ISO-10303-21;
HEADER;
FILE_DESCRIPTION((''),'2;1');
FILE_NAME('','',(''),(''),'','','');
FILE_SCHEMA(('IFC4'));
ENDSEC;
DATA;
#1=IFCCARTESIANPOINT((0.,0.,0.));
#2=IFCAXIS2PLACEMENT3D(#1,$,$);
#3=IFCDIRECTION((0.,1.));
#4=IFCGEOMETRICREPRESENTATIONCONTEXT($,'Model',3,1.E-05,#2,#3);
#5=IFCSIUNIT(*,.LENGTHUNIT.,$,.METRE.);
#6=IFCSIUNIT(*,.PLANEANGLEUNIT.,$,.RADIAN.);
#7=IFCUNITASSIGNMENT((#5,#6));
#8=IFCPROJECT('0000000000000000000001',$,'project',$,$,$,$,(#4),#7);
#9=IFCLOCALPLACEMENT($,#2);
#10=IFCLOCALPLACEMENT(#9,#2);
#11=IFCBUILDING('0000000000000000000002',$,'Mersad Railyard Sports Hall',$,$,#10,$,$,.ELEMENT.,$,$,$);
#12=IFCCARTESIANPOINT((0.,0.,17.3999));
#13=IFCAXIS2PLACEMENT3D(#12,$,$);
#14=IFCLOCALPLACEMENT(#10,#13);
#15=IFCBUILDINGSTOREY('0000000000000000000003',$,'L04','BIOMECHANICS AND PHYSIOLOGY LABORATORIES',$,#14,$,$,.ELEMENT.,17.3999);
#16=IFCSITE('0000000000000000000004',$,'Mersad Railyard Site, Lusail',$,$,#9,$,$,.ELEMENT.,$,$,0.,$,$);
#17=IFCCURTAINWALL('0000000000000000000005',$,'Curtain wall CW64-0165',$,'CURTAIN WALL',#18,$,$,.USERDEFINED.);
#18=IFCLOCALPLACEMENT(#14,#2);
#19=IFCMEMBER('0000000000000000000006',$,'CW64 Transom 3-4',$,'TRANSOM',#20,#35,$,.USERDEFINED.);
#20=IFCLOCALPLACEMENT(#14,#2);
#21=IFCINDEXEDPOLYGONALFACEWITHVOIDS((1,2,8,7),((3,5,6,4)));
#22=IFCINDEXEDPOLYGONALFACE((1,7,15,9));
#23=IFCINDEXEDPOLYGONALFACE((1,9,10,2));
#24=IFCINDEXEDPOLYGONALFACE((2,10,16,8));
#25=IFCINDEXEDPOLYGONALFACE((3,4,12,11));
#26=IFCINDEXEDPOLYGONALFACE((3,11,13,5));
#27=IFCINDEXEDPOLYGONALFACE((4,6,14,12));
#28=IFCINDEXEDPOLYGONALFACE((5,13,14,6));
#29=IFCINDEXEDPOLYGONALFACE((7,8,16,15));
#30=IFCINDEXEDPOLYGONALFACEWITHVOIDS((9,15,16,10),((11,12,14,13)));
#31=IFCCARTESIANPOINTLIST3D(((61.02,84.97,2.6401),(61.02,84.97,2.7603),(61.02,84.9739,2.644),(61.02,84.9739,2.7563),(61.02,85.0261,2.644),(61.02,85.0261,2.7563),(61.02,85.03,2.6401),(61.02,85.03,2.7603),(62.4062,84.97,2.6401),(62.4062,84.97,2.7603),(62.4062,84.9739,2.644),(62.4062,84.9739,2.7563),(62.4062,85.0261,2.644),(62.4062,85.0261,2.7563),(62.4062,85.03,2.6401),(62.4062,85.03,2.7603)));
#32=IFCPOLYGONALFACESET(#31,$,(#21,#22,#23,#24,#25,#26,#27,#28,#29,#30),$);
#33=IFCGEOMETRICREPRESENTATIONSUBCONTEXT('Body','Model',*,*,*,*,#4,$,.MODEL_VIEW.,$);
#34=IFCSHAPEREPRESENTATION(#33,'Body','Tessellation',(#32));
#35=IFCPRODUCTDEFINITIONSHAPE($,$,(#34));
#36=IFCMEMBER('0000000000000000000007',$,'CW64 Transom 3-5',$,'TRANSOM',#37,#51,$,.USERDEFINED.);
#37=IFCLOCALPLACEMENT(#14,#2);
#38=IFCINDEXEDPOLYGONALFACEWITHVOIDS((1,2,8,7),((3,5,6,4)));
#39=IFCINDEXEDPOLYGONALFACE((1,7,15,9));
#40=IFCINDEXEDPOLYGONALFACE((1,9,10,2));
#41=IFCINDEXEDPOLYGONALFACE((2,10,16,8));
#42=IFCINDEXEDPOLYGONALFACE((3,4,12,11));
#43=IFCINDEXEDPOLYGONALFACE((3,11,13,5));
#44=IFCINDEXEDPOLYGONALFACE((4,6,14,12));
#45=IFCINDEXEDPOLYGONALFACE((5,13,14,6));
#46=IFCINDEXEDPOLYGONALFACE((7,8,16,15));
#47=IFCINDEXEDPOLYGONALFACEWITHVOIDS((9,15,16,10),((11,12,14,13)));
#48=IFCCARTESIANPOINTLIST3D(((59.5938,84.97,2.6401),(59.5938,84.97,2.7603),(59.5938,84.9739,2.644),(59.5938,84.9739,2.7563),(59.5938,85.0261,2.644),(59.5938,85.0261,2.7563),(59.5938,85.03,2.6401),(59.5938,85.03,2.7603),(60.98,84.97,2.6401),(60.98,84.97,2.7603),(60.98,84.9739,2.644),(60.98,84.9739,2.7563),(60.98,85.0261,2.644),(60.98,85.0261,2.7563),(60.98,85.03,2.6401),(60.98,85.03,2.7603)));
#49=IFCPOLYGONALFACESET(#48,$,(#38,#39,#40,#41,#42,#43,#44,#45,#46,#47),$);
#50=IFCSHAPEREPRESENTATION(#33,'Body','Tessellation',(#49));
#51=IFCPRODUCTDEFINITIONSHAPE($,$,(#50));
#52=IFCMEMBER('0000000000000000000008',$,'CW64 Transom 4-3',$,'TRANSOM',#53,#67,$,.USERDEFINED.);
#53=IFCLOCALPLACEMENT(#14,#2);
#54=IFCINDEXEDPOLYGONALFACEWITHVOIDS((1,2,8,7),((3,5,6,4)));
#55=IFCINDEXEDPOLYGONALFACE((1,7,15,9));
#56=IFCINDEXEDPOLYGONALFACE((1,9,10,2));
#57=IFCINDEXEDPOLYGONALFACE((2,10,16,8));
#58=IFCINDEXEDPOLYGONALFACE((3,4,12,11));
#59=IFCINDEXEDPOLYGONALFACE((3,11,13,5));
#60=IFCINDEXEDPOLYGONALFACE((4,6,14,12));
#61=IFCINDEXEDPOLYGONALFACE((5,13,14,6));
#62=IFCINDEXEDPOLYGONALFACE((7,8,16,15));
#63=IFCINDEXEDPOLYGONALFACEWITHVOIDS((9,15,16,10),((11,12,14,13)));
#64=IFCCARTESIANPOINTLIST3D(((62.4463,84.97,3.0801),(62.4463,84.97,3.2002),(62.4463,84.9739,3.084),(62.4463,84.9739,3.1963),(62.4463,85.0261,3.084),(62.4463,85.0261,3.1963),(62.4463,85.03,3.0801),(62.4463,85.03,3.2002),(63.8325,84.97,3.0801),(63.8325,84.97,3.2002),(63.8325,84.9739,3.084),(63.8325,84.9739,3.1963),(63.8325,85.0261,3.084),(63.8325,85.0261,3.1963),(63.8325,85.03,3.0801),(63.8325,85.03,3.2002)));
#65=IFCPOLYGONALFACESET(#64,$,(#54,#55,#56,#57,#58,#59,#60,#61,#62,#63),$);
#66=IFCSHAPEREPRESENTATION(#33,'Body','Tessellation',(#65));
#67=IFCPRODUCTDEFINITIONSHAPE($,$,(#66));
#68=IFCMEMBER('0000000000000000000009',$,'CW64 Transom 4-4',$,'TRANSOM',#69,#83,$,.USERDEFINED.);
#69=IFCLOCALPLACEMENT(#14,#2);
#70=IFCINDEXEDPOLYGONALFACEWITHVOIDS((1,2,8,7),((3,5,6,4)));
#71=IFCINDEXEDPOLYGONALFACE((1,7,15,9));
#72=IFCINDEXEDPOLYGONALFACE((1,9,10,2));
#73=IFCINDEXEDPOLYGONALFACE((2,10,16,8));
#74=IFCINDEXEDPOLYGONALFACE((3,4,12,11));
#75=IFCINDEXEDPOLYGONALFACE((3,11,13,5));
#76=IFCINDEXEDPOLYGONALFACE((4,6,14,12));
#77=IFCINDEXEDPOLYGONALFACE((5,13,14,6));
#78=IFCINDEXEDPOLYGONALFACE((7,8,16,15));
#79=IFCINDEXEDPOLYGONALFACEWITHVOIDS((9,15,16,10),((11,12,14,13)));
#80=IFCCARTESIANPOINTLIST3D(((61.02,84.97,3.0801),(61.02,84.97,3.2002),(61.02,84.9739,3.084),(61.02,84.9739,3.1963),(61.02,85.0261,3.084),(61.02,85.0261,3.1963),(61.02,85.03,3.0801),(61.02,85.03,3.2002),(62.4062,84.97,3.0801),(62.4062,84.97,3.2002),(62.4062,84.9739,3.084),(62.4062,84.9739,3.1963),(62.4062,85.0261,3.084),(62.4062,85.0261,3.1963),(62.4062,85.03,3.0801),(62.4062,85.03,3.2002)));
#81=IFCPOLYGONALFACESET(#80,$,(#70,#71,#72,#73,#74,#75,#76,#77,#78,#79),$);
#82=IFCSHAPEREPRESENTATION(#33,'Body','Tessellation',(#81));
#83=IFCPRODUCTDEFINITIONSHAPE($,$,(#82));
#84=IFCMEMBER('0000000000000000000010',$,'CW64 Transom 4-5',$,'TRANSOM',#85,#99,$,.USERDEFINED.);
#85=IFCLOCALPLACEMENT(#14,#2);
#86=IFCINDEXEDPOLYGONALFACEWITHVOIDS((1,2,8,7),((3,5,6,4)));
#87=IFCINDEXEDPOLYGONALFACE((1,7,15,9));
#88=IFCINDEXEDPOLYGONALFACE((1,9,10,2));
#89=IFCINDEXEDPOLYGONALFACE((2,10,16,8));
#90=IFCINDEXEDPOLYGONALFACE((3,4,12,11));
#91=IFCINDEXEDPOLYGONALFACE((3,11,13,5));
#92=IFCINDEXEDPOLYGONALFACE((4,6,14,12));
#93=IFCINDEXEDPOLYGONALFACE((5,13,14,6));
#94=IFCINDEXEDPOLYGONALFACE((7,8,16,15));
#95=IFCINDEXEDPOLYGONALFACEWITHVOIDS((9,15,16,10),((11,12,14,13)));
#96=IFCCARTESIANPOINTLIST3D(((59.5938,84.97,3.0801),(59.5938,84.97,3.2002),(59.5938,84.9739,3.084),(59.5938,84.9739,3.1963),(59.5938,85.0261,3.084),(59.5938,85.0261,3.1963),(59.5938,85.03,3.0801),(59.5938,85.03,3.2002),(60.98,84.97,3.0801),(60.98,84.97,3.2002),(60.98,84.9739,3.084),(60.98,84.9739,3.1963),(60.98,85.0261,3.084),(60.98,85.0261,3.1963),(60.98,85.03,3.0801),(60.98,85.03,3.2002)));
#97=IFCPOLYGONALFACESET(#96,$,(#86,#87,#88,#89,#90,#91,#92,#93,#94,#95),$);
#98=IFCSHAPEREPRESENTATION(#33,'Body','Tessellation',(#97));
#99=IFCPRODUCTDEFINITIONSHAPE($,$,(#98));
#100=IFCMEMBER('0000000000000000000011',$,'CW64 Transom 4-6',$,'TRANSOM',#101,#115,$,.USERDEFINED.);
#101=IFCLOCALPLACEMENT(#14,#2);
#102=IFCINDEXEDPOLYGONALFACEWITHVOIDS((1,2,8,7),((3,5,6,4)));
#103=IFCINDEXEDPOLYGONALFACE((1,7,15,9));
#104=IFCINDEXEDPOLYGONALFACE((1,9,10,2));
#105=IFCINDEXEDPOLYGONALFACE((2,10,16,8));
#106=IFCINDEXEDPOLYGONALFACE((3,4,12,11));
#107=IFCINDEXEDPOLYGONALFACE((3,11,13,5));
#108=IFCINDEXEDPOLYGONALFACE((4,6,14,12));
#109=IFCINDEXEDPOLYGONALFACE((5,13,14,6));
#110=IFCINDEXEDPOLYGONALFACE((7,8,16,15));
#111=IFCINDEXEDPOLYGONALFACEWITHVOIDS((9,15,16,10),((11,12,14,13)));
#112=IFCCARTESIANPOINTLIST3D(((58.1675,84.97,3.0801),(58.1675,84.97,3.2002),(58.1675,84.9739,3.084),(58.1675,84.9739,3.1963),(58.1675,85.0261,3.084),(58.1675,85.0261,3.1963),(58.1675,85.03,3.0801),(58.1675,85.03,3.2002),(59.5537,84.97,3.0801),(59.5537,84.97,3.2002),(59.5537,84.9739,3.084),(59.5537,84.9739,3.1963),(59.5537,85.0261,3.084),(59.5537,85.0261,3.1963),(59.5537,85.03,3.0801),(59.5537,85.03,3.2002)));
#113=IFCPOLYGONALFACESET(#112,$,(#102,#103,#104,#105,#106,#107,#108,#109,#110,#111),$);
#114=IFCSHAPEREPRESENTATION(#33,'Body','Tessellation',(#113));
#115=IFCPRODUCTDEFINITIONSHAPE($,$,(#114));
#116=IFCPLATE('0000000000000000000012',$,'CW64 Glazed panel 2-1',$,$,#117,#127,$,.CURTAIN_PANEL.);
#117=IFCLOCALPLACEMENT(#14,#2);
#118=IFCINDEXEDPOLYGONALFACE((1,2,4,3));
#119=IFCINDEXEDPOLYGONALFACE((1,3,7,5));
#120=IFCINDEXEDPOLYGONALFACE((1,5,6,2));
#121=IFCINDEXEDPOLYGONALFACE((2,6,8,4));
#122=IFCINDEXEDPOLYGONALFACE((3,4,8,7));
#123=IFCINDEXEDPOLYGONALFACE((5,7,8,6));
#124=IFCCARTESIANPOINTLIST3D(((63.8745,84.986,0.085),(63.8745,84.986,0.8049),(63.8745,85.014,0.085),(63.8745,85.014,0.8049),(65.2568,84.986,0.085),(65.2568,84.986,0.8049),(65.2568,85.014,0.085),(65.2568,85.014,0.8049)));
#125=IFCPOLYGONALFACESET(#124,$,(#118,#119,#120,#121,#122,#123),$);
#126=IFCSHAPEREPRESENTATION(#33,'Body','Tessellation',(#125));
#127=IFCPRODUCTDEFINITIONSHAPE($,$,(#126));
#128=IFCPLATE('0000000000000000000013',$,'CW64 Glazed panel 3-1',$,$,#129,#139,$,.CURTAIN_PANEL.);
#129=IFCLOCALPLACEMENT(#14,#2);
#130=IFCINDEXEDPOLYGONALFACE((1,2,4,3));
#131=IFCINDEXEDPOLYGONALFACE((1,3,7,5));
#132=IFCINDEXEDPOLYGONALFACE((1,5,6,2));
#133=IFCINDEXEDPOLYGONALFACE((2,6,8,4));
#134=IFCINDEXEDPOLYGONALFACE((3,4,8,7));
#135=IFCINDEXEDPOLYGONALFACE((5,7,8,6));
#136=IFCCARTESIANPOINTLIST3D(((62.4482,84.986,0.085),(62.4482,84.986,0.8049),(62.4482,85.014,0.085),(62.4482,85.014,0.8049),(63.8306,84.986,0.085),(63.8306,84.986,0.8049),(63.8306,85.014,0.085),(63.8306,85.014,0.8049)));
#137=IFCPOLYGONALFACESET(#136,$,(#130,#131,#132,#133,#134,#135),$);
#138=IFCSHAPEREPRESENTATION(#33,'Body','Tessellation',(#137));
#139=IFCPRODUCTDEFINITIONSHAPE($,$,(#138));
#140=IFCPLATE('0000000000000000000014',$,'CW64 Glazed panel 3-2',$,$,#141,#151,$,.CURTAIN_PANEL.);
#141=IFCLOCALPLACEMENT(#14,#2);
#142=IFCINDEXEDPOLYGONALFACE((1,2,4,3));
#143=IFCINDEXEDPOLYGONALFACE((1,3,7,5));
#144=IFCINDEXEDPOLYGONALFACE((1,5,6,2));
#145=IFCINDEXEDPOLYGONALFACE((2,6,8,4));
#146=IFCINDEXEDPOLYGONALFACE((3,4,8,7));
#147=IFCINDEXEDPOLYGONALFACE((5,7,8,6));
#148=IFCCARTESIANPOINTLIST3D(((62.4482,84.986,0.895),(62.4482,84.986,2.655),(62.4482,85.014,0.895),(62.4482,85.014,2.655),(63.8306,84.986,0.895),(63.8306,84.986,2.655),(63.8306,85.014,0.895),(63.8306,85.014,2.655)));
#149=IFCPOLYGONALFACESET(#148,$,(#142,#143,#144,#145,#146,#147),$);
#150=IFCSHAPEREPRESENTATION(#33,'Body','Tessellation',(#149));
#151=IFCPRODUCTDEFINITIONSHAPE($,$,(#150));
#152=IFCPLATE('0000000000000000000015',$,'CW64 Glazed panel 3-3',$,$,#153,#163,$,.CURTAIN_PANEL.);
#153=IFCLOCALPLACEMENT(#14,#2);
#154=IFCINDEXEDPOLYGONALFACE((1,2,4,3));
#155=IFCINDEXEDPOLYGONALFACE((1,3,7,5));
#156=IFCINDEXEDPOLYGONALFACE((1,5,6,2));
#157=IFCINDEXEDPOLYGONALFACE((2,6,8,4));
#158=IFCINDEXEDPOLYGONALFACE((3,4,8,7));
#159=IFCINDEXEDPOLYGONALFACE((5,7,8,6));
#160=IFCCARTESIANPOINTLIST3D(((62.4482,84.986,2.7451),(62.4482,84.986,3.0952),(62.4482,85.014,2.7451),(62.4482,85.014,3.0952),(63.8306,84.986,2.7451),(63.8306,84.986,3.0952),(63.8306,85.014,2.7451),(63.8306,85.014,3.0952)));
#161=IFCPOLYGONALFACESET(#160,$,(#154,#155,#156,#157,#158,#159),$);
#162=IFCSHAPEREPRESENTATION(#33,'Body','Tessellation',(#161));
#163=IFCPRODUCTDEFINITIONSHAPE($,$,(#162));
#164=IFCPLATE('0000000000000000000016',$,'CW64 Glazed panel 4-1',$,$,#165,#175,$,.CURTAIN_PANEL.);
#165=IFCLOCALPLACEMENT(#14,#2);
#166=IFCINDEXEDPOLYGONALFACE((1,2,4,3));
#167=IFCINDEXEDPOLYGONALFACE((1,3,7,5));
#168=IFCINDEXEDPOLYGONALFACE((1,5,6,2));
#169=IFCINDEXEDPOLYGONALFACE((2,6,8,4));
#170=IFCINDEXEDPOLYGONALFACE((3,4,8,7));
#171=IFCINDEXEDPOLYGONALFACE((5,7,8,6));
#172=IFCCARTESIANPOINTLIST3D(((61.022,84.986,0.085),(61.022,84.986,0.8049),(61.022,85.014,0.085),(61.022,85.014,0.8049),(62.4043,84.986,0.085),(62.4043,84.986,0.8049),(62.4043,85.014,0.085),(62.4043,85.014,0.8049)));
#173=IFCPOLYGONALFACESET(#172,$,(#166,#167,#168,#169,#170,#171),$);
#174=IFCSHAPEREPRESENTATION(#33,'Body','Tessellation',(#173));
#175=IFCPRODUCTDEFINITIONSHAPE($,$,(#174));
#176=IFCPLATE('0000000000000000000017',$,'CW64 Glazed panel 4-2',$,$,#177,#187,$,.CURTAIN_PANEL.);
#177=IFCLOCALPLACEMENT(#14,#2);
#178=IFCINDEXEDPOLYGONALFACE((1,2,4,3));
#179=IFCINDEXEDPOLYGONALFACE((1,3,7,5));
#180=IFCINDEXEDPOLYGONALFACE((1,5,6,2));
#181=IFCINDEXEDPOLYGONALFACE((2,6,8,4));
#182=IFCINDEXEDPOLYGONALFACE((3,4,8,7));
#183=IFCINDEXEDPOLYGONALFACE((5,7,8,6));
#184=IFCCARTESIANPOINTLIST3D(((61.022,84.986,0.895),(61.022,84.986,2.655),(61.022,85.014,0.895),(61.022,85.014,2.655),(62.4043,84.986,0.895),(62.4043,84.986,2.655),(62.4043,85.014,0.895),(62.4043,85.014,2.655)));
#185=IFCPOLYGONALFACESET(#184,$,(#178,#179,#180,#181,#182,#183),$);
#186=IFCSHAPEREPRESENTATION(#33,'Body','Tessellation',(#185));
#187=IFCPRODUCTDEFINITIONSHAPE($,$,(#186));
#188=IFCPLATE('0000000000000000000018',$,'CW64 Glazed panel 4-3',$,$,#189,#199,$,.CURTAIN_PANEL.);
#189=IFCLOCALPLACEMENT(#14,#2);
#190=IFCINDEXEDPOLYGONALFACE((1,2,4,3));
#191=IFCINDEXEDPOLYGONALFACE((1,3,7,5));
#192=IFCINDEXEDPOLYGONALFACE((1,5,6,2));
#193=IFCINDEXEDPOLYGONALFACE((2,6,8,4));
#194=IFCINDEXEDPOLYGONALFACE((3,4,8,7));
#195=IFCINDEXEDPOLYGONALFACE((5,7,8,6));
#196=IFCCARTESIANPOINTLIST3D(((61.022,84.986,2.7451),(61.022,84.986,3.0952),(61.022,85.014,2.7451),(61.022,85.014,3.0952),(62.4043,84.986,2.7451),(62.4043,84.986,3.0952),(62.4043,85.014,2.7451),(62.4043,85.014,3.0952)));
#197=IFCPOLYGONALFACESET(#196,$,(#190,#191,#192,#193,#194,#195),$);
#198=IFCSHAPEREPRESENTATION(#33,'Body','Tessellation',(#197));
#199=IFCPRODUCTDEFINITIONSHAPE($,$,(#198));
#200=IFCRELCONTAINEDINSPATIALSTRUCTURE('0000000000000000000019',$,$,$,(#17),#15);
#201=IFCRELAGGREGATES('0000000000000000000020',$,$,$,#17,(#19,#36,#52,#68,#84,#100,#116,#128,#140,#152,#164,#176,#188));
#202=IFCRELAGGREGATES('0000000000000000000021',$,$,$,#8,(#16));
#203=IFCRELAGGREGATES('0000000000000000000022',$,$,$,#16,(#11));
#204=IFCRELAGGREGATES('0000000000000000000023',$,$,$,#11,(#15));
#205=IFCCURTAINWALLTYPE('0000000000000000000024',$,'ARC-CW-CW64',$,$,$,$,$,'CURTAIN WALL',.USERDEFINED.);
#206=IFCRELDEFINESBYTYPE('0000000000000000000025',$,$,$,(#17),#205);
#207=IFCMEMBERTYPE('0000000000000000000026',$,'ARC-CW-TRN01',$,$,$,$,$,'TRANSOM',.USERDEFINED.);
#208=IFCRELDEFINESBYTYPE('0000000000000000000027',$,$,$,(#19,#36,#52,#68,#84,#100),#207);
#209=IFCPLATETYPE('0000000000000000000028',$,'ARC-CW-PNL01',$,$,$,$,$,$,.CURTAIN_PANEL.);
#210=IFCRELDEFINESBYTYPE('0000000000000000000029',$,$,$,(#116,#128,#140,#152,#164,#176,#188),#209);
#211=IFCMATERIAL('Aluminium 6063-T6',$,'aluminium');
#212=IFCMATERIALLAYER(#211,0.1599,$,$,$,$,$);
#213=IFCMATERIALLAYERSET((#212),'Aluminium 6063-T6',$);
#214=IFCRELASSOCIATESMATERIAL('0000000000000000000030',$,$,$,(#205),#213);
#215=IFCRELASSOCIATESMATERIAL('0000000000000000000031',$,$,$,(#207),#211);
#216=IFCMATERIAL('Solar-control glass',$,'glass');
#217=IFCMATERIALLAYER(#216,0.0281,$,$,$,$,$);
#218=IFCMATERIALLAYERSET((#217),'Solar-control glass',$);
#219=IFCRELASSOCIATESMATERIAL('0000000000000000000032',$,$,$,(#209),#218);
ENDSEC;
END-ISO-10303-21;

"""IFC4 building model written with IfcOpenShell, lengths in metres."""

from ifc_helpers import new_model, si_unit, direction, frame, origin, origin_2d, place, context, subcontext, project, spatial, rectangle, hollow_rectangle, extrude, material, layer, layer_set, material_profile, profile_set, type_object, element, aggregate, save


model = new_model("IFC4")

# Units and contexts
model_context = context("Model", 3, precision=1e-05, world=origin(), true_north=direction((0.0, 1.0)))
body_context = subcontext(model_context, "Body", "Model", "MODEL_VIEW")
ifc_project = project(units=[si_unit("LENGTHUNIT", "METRE"), si_unit("PLANEANGLEUNIT", "RADIAN")], contexts=[model_context])

# Site, building, storey
site_placement = place(None, origin())
site = spatial("IfcSite", under=ifc_project, at=site_placement, Name="Mersad Railyard Site, Lusail", CompositionType="ELEMENT", RefElevation=0.0)
building_placement = place(site_placement, origin())
building = spatial("IfcBuilding", under=site, at=building_placement, Name="Mersad Railyard Sports Hall", CompositionType="ELEMENT")
storey_placement = place(building_placement, frame((0.0, 0.0, 17.3999)))
storey = spatial("IfcBuildingStorey", under=building, at=storey_placement, Name="L04", Description="BIOMECHANICS AND PHYSIOLOGY LABORATORIES", CompositionType="ELEMENT", Elevation=17.3999)

# Curtain wall, members, plates
ifc_material_1 = material(Name="Aluminium 6063-T6", Category="aluminium")
ifc_layer_1 = layer(ifc_material_1, 0.1599)
ifc_layer_set_1 = layer_set([ifc_layer_1], Name="Aluminium 6063-T6")
curtain_wall_type = type_object("IfcCurtainWallType", Name="ARC-CW-CW64", ElementType="CURTAIN WALL", PredefinedType="USERDEFINED", material=ifc_layer_set_1)
curtain_wall_placement = place(storey_placement, origin())
curtain_wall = element("IfcCurtainWall", 1, at=curtain_wall_placement, inside=storey, type_object=curtain_wall_type, Name="Curtain wall CW64-0165", ObjectType="CURTAIN WALL", PredefinedType="USERDEFINED")
ifc_material_profile_1 = material_profile(ifc_material_1, hollow_rectangle(XDim=0.0601, YDim=0.1201, WallThickness=0.0039, at=origin_2d()), Name="AL TRANSOM 60x120x4")
ifc_profile_set_1 = profile_set([ifc_material_profile_1], Name="Aluminium 6063-T6")
member_type_1 = type_object("IfcMemberType", Name="ARC-CW-TRN01", ElementType="TRANSOM", PredefinedType="USERDEFINED", material=ifc_profile_set_1)
member_1_placement = place(storey_placement, frame((62.4062, 85.0, 2.7002), z_axis=(-1.0, 0.0, 0.0), x_axis=(0.0, -1.0, 0.0)))
member_1 = element("IfcMember", 2, at=member_1_placement, type_object=member_type_1, Name="CW64 Transom 3-4", ObjectType="TRANSOM", PredefinedType="USERDEFINED", context=body_context, shape_type="SweptSolid", body=[
    extrude(hollow_rectangle(XDim=0.0601, YDim=0.1201, WallThickness=0.0039, at=origin_2d()), origin(), (0.0, 0.0, 1.0), 1.3862),
])
member_2_placement = place(storey_placement, frame((60.98, 85.0, 2.7002), z_axis=(-1.0, 0.0, 0.0), x_axis=(0.0, -1.0, 0.0)))
member_2 = element("IfcMember", 3, at=member_2_placement, type_object=member_type_1, Name="CW64 Transom 3-5", ObjectType="TRANSOM", PredefinedType="USERDEFINED", context=body_context, shape_type="SweptSolid", body=[
    extrude(hollow_rectangle(XDim=0.0601, YDim=0.1201, WallThickness=0.0039, at=origin_2d()), origin(), (0.0, 0.0, 1.0), 1.3862),
])
member_3_placement = place(storey_placement, frame((63.8325, 85.0, 3.1401), z_axis=(-1.0, 0.0, 0.0), x_axis=(0.0, -1.0, 0.0)))
member_3 = element("IfcMember", 4, at=member_3_placement, type_object=member_type_1, Name="CW64 Transom 4-3", ObjectType="TRANSOM", PredefinedType="USERDEFINED", context=body_context, shape_type="SweptSolid", body=[
    extrude(hollow_rectangle(XDim=0.0601, YDim=0.1201, WallThickness=0.0039, at=origin_2d()), origin(), (0.0, 0.0, 1.0), 1.3862),
])
member_4_placement = place(storey_placement, frame((62.4062, 85.0, 3.1401), z_axis=(-1.0, 0.0, 0.0), x_axis=(0.0, -1.0, 0.0)))
member_4 = element("IfcMember", 5, at=member_4_placement, type_object=member_type_1, Name="CW64 Transom 4-4", ObjectType="TRANSOM", PredefinedType="USERDEFINED", context=body_context, shape_type="SweptSolid", body=[
    extrude(hollow_rectangle(XDim=0.0601, YDim=0.1201, WallThickness=0.0039, at=origin_2d()), origin(), (0.0, 0.0, 1.0), 1.3862),
])
member_5_placement = place(storey_placement, frame((60.98, 85.0, 3.1401), z_axis=(-1.0, 0.0, 0.0), x_axis=(0.0, -1.0, 0.0)))
member_5 = element("IfcMember", 6, at=member_5_placement, type_object=member_type_1, Name="CW64 Transom 4-5", ObjectType="TRANSOM", PredefinedType="USERDEFINED", context=body_context, shape_type="SweptSolid", body=[
    extrude(hollow_rectangle(XDim=0.0601, YDim=0.1201, WallThickness=0.0039, at=origin_2d()), origin(), (0.0, 0.0, 1.0), 1.3862),
])
member_6_placement = place(storey_placement, frame((59.5537, 85.0, 3.1401), z_axis=(-1.0, 0.0, 0.0), x_axis=(0.0, -1.0, 0.0)))
member_6 = element("IfcMember", 7, at=member_6_placement, type_object=member_type_1, Name="CW64 Transom 4-6", ObjectType="TRANSOM", PredefinedType="USERDEFINED", context=body_context, shape_type="SweptSolid", body=[
    extrude(hollow_rectangle(XDim=0.0601, YDim=0.1201, WallThickness=0.0039, at=origin_2d()), origin(), (0.0, 0.0, 1.0), 1.3862),
])
ifc_material_2 = material(Name="Solar-control glass", Category="glass")
ifc_layer_2 = layer(ifc_material_2, 0.0281)
ifc_layer_set_2 = layer_set([ifc_layer_2], Name="Solar-control glass")
plate_type = type_object("IfcPlateType", Name="ARC-CW-PNL01", PredefinedType="CURTAIN_PANEL", material=ifc_layer_set_2)
plate_1_placement = place(storey_placement, frame((64.5657, 85.0, 0.085), z_axis=(0.0, 0.0, 1.0), x_axis=(-1.0, 0.0, 0.0)))
plate_1 = element("IfcPlate", 8, at=plate_1_placement, type_object=plate_type, Name="CW64 Glazed panel 2-1", PredefinedType="CURTAIN_PANEL", context=body_context, shape_type="SweptSolid", body=[
    extrude(rectangle(XDim=1.3823, YDim=0.0281, at=origin_2d()), origin(), (0.0, 0.0, 1.0), 0.72),
])
plate_2_placement = place(storey_placement, frame((63.1394, 85.0, 0.085), z_axis=(0.0, 0.0, 1.0), x_axis=(-1.0, 0.0, 0.0)))
plate_2 = element("IfcPlate", 9, at=plate_2_placement, type_object=plate_type, Name="CW64 Glazed panel 3-1", PredefinedType="CURTAIN_PANEL", context=body_context, shape_type="SweptSolid", body=[
    extrude(rectangle(XDim=1.3823, YDim=0.0281, at=origin_2d()), origin(), (0.0, 0.0, 1.0), 0.72),
])
plate_3_placement = place(storey_placement, frame((63.1394, 85.0, 0.895), z_axis=(0.0, 0.0, 1.0), x_axis=(-1.0, 0.0, 0.0)))
plate_3 = element("IfcPlate", 10, at=plate_3_placement, type_object=plate_type, Name="CW64 Glazed panel 3-2", PredefinedType="CURTAIN_PANEL", context=body_context, shape_type="SweptSolid", body=[
    extrude(rectangle(XDim=1.3823, YDim=0.0281, at=origin_2d()), origin(), (0.0, 0.0, 1.0), 1.76),
])
plate_4_placement = place(storey_placement, frame((63.1394, 85.0, 2.7451), z_axis=(0.0, 0.0, 1.0), x_axis=(-1.0, 0.0, 0.0)))
plate_4 = element("IfcPlate", 11, at=plate_4_placement, type_object=plate_type, Name="CW64 Glazed panel 3-3", PredefinedType="CURTAIN_PANEL", context=body_context, shape_type="SweptSolid", body=[
    extrude(rectangle(XDim=1.3823, YDim=0.0281, at=origin_2d()), origin(), (0.0, 0.0, 1.0), 0.3501),
])
plate_5_placement = place(storey_placement, frame((61.7131, 85.0, 0.085), z_axis=(0.0, 0.0, 1.0), x_axis=(-1.0, 0.0, 0.0)))
plate_5 = element("IfcPlate", 12, at=plate_5_placement, type_object=plate_type, Name="CW64 Glazed panel 4-1", PredefinedType="CURTAIN_PANEL", context=body_context, shape_type="SweptSolid", body=[
    extrude(rectangle(XDim=1.3823, YDim=0.0281, at=origin_2d()), origin(), (0.0, 0.0, 1.0), 0.72),
])
plate_6_placement = place(storey_placement, frame((61.7131, 85.0, 0.895), z_axis=(0.0, 0.0, 1.0), x_axis=(-1.0, 0.0, 0.0)))
plate_6 = element("IfcPlate", 13, at=plate_6_placement, type_object=plate_type, Name="CW64 Glazed panel 4-2", PredefinedType="CURTAIN_PANEL", context=body_context, shape_type="SweptSolid", body=[
    extrude(rectangle(XDim=1.3823, YDim=0.0281, at=origin_2d()), origin(), (0.0, 0.0, 1.0), 1.76),
])
plate_7_placement = place(storey_placement, frame((61.7131, 85.0, 2.7451), z_axis=(0.0, 0.0, 1.0), x_axis=(-1.0, 0.0, 0.0)))
plate_7 = element("IfcPlate", 14, at=plate_7_placement, type_object=plate_type, Name="CW64 Glazed panel 4-3", PredefinedType="CURTAIN_PANEL", context=body_context, shape_type="SweptSolid", body=[
    extrude(rectangle(XDim=1.3823, YDim=0.0281, at=origin_2d()), origin(), (0.0, 0.0, 1.0), 0.3501),
])
aggregate(curtain_wall, [member_1, member_2, member_3, member_4, member_5, member_6, plate_1, plate_2, plate_3, plate_4, plate_5, plate_6, plate_7])

save(model, "model.ifc")
